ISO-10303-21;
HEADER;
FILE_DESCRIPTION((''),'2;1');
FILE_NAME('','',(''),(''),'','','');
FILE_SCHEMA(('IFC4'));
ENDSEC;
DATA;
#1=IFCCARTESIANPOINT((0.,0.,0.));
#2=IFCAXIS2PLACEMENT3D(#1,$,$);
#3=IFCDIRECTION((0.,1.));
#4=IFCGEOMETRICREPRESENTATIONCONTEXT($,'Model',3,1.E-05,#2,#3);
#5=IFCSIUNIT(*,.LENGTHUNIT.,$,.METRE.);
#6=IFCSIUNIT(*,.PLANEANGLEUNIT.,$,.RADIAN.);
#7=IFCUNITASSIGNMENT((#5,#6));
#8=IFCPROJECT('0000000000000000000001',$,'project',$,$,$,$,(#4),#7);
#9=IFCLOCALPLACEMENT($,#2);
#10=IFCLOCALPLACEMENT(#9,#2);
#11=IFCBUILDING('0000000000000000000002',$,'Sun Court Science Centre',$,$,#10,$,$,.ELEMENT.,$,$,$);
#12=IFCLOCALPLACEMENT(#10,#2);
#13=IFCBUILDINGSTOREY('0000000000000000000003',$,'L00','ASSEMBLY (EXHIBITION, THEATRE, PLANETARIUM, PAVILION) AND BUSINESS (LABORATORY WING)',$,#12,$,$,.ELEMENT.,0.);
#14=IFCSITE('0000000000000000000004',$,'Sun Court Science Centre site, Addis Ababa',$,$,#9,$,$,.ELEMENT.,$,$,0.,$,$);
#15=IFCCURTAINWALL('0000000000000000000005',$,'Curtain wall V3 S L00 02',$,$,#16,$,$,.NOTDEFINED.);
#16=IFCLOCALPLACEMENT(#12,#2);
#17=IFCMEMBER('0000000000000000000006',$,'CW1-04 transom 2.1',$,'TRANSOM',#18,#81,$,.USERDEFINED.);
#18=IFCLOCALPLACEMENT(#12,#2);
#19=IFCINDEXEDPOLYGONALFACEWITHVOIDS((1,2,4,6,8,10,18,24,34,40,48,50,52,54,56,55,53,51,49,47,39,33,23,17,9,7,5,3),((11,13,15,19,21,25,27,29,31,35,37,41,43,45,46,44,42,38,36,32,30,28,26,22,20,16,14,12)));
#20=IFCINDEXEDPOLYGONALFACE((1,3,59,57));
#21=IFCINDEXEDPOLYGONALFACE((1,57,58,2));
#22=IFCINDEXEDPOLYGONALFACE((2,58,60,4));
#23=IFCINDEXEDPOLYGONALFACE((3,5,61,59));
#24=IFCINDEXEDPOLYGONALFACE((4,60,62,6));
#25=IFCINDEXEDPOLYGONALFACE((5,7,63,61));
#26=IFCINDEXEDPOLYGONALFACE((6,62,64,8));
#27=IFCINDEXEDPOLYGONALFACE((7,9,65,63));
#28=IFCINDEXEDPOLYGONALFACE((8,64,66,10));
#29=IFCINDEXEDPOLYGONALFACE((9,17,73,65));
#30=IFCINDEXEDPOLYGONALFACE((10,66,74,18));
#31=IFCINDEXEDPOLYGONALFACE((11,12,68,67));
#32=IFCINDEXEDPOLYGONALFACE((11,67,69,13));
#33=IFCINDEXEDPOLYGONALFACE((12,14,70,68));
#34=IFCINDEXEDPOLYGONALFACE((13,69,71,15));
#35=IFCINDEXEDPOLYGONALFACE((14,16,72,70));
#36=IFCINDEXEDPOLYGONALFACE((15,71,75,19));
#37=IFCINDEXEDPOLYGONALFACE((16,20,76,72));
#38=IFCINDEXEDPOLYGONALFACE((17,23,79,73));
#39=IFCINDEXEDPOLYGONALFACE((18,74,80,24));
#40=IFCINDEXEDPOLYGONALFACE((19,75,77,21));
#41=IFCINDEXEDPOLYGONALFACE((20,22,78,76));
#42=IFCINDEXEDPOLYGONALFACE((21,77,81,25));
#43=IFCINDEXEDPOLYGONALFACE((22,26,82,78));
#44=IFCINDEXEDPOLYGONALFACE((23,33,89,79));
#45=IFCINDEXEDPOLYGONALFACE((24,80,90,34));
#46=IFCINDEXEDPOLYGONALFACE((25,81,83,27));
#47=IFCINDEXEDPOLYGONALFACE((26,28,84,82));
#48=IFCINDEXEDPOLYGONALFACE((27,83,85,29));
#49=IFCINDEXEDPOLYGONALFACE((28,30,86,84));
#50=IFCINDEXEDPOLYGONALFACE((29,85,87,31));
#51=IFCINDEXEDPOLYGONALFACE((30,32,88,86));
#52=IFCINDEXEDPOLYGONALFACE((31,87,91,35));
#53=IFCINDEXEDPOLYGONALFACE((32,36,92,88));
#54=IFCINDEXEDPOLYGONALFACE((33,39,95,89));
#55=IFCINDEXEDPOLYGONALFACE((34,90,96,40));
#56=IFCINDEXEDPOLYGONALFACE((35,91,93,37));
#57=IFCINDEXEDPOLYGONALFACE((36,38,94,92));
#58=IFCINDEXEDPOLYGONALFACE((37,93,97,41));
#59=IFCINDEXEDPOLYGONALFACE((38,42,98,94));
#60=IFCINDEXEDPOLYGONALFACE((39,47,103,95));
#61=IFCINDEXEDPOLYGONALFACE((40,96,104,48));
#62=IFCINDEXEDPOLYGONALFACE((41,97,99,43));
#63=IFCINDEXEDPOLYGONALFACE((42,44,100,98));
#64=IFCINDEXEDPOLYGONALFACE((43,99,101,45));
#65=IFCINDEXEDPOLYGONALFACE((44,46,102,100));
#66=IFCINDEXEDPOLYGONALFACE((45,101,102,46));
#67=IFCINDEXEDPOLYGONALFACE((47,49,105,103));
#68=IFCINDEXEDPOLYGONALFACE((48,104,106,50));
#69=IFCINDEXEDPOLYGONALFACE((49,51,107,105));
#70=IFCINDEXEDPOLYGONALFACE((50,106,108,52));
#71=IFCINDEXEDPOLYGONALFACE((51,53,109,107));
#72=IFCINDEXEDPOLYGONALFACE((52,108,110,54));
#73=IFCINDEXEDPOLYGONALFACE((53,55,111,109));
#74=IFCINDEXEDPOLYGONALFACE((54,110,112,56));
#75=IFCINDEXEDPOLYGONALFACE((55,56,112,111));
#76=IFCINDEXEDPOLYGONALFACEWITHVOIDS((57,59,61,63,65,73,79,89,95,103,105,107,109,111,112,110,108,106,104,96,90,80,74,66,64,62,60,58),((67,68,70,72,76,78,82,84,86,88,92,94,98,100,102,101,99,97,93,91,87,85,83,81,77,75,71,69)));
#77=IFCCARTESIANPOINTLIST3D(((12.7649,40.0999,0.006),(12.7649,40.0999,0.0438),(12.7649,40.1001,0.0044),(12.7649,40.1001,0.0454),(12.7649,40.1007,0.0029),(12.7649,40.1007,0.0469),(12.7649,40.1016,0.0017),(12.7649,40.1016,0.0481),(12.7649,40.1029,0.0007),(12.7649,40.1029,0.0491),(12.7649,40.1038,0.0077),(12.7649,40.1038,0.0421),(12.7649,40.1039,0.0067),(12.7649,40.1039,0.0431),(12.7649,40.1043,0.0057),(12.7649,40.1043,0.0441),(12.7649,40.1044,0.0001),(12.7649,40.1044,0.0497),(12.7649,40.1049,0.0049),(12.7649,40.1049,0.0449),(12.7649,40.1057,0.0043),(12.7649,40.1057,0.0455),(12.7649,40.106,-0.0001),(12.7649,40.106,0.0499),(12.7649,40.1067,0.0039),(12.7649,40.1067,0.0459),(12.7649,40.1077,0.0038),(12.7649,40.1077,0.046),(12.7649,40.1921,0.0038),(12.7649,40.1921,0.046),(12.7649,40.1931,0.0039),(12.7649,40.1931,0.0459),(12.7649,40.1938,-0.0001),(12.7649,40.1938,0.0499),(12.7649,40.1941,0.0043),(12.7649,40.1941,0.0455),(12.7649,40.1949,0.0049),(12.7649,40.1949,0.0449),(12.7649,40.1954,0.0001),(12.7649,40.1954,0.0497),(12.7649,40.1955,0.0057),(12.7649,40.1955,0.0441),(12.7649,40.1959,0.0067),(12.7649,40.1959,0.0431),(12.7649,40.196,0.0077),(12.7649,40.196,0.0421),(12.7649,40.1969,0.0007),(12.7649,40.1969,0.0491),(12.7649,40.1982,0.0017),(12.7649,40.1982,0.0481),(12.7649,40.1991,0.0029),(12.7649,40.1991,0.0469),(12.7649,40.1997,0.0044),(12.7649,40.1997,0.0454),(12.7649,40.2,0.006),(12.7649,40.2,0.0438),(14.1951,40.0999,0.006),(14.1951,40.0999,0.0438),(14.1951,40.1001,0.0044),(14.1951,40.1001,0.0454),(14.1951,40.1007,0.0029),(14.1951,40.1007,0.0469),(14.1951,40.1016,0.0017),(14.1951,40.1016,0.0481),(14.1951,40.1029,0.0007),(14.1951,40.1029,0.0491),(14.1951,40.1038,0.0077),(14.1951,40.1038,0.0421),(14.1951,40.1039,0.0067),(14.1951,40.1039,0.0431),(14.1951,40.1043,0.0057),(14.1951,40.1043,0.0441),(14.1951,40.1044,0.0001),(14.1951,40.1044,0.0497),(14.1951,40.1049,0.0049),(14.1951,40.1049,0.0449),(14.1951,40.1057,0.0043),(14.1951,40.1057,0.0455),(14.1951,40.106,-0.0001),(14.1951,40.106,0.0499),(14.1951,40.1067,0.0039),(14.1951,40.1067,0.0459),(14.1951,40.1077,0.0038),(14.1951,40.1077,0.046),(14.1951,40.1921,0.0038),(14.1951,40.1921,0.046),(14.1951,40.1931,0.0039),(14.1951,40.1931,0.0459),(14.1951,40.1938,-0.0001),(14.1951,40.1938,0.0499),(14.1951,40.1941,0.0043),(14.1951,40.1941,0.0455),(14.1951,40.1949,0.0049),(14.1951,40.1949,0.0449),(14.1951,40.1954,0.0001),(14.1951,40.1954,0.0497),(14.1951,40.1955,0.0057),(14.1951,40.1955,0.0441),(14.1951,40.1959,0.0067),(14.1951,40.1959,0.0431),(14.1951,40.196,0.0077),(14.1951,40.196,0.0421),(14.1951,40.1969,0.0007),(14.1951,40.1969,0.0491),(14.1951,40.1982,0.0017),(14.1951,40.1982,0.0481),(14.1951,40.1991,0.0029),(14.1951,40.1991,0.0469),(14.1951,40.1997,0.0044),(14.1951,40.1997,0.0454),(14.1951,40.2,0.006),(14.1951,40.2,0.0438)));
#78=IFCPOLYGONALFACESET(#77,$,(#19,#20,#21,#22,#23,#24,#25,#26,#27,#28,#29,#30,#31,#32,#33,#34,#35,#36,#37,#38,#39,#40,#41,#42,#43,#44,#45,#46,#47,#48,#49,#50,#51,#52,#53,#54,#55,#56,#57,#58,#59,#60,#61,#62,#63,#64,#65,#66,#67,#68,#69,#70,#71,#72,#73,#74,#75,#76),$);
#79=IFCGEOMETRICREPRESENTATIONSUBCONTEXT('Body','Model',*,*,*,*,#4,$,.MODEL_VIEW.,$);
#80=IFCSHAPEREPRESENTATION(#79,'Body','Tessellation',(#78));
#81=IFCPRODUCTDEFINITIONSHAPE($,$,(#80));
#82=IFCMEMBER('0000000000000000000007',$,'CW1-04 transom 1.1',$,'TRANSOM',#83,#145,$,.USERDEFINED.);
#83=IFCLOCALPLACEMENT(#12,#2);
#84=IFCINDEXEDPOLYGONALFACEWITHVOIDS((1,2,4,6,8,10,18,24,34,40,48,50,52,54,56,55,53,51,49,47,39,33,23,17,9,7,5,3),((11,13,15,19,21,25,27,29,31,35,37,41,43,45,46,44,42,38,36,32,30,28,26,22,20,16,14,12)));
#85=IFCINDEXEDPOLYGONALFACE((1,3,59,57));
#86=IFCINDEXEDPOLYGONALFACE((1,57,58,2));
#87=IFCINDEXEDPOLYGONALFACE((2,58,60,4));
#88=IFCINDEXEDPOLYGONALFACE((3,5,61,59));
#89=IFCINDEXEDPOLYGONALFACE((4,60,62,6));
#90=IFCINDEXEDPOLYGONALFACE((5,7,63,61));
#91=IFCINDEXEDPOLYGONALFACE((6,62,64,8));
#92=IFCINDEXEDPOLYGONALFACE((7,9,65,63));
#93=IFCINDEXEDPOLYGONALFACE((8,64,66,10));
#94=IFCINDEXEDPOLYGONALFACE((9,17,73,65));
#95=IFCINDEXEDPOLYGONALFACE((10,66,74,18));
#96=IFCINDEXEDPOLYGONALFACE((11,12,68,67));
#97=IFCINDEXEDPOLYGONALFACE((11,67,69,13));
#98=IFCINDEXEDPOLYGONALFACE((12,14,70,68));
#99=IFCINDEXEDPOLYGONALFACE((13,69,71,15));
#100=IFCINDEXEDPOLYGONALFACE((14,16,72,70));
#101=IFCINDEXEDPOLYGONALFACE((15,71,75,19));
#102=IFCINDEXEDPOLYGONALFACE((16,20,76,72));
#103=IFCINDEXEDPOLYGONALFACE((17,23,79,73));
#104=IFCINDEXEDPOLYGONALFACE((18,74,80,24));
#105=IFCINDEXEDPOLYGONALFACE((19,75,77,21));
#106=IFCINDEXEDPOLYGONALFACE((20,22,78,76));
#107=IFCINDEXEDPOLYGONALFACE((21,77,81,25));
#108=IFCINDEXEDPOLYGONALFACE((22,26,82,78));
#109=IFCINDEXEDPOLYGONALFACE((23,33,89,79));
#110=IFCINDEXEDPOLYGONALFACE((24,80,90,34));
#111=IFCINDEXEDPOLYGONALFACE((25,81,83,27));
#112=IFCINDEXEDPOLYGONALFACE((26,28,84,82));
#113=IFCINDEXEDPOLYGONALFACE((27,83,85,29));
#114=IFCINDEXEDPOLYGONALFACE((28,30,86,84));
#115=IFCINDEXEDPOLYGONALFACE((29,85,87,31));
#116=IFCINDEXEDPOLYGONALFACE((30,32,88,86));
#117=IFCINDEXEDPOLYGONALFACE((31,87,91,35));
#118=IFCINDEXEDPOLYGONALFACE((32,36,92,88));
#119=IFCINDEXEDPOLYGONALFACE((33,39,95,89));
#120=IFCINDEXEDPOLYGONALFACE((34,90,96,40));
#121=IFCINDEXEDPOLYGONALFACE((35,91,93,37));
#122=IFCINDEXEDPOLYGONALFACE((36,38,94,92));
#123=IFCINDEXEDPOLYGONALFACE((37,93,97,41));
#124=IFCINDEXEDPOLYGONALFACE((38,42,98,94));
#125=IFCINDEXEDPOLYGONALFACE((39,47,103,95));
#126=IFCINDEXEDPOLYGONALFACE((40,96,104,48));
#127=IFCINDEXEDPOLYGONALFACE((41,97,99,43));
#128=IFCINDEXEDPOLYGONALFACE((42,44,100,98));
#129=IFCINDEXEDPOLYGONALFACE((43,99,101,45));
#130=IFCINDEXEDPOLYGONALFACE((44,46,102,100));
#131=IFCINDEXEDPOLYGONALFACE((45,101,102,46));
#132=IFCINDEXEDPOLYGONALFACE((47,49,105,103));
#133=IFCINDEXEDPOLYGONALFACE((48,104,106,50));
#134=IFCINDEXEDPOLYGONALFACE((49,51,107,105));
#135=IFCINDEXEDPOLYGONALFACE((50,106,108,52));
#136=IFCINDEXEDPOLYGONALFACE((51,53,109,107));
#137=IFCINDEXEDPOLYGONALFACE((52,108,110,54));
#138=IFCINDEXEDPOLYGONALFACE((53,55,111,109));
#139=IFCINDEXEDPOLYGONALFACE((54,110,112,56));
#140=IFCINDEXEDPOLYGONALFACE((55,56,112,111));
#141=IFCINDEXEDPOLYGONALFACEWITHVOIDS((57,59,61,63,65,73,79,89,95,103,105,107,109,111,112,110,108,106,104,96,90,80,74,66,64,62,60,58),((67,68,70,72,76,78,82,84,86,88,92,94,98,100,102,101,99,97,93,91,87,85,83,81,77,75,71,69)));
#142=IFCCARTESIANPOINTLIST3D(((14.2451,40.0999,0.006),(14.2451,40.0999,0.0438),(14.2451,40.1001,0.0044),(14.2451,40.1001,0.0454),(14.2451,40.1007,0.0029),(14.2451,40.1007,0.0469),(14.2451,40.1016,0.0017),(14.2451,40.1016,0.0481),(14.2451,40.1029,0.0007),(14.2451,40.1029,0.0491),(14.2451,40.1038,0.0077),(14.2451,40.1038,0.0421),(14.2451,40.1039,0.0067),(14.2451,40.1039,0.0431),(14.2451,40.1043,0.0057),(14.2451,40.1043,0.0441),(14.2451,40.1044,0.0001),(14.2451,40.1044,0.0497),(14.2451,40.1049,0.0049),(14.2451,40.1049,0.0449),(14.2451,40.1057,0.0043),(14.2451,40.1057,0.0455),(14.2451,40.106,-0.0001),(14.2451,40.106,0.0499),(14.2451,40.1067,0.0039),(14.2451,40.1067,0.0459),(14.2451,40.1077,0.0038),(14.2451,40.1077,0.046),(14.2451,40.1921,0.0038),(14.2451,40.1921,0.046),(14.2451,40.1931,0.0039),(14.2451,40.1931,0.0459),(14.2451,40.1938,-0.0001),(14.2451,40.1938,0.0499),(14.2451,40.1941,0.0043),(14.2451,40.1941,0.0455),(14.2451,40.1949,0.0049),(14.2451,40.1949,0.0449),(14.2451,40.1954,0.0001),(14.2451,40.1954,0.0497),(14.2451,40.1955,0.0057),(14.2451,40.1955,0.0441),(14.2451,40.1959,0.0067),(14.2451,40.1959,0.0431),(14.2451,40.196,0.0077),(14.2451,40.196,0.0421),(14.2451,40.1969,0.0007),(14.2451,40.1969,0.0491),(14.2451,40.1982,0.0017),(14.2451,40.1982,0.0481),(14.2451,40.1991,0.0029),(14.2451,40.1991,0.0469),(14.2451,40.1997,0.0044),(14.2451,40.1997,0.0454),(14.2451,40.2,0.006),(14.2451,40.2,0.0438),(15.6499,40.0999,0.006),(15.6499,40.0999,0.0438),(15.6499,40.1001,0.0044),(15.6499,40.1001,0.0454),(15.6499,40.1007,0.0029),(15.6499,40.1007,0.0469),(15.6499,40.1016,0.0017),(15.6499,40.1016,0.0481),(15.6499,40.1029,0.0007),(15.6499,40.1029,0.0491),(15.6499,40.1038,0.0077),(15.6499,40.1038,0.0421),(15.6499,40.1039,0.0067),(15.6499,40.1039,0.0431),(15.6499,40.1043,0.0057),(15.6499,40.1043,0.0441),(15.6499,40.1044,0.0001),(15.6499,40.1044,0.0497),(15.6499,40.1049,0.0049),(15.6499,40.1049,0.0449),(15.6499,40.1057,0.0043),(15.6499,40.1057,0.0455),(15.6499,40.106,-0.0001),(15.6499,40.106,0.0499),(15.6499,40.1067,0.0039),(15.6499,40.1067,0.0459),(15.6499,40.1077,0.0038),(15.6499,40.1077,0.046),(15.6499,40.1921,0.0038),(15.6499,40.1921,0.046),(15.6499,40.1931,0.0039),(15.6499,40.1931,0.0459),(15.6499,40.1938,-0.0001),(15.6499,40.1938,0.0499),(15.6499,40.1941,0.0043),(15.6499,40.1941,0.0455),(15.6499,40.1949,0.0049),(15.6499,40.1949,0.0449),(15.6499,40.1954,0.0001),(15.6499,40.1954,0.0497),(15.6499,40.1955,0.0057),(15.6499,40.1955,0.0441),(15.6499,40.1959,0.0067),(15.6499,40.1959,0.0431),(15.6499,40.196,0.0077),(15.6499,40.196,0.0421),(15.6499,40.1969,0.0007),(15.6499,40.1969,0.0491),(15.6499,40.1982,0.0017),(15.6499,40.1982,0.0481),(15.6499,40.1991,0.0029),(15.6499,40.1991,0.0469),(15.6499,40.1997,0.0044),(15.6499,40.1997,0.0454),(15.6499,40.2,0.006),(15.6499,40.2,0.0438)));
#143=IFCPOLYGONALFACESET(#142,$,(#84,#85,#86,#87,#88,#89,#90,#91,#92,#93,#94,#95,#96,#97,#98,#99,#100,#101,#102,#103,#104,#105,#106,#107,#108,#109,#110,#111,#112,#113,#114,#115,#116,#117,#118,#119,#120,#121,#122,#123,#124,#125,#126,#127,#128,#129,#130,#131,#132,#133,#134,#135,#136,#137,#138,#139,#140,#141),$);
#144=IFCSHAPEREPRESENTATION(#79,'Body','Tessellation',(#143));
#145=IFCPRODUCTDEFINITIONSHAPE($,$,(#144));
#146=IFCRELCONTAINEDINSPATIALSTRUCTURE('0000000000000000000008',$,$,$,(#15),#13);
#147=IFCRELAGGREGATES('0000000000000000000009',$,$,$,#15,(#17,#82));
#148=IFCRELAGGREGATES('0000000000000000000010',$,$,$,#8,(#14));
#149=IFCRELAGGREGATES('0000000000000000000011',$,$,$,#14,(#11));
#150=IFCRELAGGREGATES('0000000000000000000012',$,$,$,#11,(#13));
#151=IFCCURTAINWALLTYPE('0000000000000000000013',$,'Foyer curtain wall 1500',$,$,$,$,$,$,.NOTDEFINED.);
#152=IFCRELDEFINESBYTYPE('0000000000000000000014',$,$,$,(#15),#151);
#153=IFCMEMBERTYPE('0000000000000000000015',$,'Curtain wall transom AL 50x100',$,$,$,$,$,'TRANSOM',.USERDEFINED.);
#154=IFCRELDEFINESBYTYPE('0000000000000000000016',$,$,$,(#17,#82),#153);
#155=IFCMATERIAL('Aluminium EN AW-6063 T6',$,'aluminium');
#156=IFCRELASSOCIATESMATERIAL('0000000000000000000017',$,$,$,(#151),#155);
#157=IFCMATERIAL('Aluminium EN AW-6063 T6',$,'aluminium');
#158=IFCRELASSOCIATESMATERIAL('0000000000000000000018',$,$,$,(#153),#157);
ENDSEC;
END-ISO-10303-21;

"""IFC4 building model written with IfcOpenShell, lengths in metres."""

from ifc_helpers import new_model, si_unit, direction, frame, origin, origin_2d, place, context, subcontext, project, spatial, hollow_rectangle, extrude, material, material_profile, profile_set, type_object, element, aggregate, save


model = new_model("IFC4")

# Units and contexts
model_context = context("Model", 3, precision=1e-05, world=origin(), true_north=direction((0.0, 1.0)))
body_context = subcontext(model_context, "Body", "Model", "MODEL_VIEW")
ifc_project = project(units=[si_unit("LENGTHUNIT", "METRE"), si_unit("PLANEANGLEUNIT", "RADIAN")], contexts=[model_context])

# Site, building, storey
site_placement = place(None, origin())
site = spatial("IfcSite", under=ifc_project, at=site_placement, Name="Sun Court Science Centre site, Addis Ababa", CompositionType="ELEMENT", RefElevation=0.0)
building_placement = place(site_placement, origin())
building = spatial("IfcBuilding", under=site, at=building_placement, Name="Sun Court Science Centre", CompositionType="ELEMENT")
storey_placement = place(building_placement, origin())
storey = spatial("IfcBuildingStorey", under=building, at=storey_placement, Name="L00", Description="ASSEMBLY (EXHIBITION, THEATRE, PLANETARIUM, PAVILION) AND BUSINESS (LABORATORY WING)", CompositionType="ELEMENT", Elevation=0.0)

# Curtain wall
ifc_material_1 = material(Name="Aluminium EN AW-6063 T6", Category="aluminium")
curtain_wall_type = type_object("IfcCurtainWallType", Name="Foyer curtain wall 1500", PredefinedType="NOTDEFINED", material=ifc_material_1)
curtain_wall_1_placement = place(storey_placement, origin())
curtain_wall_1 = element("IfcCurtainWall", 1, at=curtain_wall_1_placement, inside=storey, type_object=curtain_wall_type, Name="Curtain wall V3 S L00 02", PredefinedType="NOTDEFINED")

# Members
ifc_material_2 = material(Name="Aluminium EN AW-6063 T6", Category="aluminium")
ifc_material_profile_1 = material_profile(ifc_material_2, hollow_rectangle(XDim=0.05, YDim=0.1001, WallThickness=0.0039, InnerFilletRadius=0.0039, OuterFilletRadius=0.0061, at=origin_2d()), Name="AL 50x100x4")
ifc_profile_set_1 = profile_set([ifc_material_profile_1], Name="Aluminium EN AW-6063 T6")
member_type_1 = type_object("IfcMemberType", Name="Curtain wall transom AL 50x100", ElementType="TRANSOM", PredefinedType="USERDEFINED", material=ifc_profile_set_1)
member_1_placement = place(storey_placement, frame((14.1951, 40.1499, 0.0249), z_axis=(-1.0, 0.0, 0.0), x_axis=(0.0, 0.0, 1.0)))
member_1 = element("IfcMember", 2, at=member_1_placement, type_object=member_type_1, Name="CW1-04 transom 2.1", ObjectType="TRANSOM", PredefinedType="USERDEFINED", context=body_context, shape_type="SweptSolid", body=[
    extrude(hollow_rectangle(XDim=0.05, YDim=0.1001, WallThickness=0.0039, InnerFilletRadius=0.0039, OuterFilletRadius=0.0061, at=origin_2d()), origin(), (0.0, 0.0, 1.0), 1.4302),
])
member_2_placement = place(storey_placement, frame((15.6499, 40.1499, 0.0249), z_axis=(-1.0, 0.0, 0.0), x_axis=(0.0, 0.0, 1.0)))
member_2 = element("IfcMember", 3, at=member_2_placement, type_object=member_type_1, Name="CW1-04 transom 1.1", ObjectType="TRANSOM", PredefinedType="USERDEFINED", context=body_context, shape_type="SweptSolid", body=[
    extrude(hollow_rectangle(XDim=0.05, YDim=0.1001, WallThickness=0.0039, InnerFilletRadius=0.0039, OuterFilletRadius=0.0061, at=origin_2d()), origin(), (0.0, 0.0, 1.0), 1.4048),
])

aggregate(curtain_wall_1, [member_1, member_2])

save(model, "model.ifc")
